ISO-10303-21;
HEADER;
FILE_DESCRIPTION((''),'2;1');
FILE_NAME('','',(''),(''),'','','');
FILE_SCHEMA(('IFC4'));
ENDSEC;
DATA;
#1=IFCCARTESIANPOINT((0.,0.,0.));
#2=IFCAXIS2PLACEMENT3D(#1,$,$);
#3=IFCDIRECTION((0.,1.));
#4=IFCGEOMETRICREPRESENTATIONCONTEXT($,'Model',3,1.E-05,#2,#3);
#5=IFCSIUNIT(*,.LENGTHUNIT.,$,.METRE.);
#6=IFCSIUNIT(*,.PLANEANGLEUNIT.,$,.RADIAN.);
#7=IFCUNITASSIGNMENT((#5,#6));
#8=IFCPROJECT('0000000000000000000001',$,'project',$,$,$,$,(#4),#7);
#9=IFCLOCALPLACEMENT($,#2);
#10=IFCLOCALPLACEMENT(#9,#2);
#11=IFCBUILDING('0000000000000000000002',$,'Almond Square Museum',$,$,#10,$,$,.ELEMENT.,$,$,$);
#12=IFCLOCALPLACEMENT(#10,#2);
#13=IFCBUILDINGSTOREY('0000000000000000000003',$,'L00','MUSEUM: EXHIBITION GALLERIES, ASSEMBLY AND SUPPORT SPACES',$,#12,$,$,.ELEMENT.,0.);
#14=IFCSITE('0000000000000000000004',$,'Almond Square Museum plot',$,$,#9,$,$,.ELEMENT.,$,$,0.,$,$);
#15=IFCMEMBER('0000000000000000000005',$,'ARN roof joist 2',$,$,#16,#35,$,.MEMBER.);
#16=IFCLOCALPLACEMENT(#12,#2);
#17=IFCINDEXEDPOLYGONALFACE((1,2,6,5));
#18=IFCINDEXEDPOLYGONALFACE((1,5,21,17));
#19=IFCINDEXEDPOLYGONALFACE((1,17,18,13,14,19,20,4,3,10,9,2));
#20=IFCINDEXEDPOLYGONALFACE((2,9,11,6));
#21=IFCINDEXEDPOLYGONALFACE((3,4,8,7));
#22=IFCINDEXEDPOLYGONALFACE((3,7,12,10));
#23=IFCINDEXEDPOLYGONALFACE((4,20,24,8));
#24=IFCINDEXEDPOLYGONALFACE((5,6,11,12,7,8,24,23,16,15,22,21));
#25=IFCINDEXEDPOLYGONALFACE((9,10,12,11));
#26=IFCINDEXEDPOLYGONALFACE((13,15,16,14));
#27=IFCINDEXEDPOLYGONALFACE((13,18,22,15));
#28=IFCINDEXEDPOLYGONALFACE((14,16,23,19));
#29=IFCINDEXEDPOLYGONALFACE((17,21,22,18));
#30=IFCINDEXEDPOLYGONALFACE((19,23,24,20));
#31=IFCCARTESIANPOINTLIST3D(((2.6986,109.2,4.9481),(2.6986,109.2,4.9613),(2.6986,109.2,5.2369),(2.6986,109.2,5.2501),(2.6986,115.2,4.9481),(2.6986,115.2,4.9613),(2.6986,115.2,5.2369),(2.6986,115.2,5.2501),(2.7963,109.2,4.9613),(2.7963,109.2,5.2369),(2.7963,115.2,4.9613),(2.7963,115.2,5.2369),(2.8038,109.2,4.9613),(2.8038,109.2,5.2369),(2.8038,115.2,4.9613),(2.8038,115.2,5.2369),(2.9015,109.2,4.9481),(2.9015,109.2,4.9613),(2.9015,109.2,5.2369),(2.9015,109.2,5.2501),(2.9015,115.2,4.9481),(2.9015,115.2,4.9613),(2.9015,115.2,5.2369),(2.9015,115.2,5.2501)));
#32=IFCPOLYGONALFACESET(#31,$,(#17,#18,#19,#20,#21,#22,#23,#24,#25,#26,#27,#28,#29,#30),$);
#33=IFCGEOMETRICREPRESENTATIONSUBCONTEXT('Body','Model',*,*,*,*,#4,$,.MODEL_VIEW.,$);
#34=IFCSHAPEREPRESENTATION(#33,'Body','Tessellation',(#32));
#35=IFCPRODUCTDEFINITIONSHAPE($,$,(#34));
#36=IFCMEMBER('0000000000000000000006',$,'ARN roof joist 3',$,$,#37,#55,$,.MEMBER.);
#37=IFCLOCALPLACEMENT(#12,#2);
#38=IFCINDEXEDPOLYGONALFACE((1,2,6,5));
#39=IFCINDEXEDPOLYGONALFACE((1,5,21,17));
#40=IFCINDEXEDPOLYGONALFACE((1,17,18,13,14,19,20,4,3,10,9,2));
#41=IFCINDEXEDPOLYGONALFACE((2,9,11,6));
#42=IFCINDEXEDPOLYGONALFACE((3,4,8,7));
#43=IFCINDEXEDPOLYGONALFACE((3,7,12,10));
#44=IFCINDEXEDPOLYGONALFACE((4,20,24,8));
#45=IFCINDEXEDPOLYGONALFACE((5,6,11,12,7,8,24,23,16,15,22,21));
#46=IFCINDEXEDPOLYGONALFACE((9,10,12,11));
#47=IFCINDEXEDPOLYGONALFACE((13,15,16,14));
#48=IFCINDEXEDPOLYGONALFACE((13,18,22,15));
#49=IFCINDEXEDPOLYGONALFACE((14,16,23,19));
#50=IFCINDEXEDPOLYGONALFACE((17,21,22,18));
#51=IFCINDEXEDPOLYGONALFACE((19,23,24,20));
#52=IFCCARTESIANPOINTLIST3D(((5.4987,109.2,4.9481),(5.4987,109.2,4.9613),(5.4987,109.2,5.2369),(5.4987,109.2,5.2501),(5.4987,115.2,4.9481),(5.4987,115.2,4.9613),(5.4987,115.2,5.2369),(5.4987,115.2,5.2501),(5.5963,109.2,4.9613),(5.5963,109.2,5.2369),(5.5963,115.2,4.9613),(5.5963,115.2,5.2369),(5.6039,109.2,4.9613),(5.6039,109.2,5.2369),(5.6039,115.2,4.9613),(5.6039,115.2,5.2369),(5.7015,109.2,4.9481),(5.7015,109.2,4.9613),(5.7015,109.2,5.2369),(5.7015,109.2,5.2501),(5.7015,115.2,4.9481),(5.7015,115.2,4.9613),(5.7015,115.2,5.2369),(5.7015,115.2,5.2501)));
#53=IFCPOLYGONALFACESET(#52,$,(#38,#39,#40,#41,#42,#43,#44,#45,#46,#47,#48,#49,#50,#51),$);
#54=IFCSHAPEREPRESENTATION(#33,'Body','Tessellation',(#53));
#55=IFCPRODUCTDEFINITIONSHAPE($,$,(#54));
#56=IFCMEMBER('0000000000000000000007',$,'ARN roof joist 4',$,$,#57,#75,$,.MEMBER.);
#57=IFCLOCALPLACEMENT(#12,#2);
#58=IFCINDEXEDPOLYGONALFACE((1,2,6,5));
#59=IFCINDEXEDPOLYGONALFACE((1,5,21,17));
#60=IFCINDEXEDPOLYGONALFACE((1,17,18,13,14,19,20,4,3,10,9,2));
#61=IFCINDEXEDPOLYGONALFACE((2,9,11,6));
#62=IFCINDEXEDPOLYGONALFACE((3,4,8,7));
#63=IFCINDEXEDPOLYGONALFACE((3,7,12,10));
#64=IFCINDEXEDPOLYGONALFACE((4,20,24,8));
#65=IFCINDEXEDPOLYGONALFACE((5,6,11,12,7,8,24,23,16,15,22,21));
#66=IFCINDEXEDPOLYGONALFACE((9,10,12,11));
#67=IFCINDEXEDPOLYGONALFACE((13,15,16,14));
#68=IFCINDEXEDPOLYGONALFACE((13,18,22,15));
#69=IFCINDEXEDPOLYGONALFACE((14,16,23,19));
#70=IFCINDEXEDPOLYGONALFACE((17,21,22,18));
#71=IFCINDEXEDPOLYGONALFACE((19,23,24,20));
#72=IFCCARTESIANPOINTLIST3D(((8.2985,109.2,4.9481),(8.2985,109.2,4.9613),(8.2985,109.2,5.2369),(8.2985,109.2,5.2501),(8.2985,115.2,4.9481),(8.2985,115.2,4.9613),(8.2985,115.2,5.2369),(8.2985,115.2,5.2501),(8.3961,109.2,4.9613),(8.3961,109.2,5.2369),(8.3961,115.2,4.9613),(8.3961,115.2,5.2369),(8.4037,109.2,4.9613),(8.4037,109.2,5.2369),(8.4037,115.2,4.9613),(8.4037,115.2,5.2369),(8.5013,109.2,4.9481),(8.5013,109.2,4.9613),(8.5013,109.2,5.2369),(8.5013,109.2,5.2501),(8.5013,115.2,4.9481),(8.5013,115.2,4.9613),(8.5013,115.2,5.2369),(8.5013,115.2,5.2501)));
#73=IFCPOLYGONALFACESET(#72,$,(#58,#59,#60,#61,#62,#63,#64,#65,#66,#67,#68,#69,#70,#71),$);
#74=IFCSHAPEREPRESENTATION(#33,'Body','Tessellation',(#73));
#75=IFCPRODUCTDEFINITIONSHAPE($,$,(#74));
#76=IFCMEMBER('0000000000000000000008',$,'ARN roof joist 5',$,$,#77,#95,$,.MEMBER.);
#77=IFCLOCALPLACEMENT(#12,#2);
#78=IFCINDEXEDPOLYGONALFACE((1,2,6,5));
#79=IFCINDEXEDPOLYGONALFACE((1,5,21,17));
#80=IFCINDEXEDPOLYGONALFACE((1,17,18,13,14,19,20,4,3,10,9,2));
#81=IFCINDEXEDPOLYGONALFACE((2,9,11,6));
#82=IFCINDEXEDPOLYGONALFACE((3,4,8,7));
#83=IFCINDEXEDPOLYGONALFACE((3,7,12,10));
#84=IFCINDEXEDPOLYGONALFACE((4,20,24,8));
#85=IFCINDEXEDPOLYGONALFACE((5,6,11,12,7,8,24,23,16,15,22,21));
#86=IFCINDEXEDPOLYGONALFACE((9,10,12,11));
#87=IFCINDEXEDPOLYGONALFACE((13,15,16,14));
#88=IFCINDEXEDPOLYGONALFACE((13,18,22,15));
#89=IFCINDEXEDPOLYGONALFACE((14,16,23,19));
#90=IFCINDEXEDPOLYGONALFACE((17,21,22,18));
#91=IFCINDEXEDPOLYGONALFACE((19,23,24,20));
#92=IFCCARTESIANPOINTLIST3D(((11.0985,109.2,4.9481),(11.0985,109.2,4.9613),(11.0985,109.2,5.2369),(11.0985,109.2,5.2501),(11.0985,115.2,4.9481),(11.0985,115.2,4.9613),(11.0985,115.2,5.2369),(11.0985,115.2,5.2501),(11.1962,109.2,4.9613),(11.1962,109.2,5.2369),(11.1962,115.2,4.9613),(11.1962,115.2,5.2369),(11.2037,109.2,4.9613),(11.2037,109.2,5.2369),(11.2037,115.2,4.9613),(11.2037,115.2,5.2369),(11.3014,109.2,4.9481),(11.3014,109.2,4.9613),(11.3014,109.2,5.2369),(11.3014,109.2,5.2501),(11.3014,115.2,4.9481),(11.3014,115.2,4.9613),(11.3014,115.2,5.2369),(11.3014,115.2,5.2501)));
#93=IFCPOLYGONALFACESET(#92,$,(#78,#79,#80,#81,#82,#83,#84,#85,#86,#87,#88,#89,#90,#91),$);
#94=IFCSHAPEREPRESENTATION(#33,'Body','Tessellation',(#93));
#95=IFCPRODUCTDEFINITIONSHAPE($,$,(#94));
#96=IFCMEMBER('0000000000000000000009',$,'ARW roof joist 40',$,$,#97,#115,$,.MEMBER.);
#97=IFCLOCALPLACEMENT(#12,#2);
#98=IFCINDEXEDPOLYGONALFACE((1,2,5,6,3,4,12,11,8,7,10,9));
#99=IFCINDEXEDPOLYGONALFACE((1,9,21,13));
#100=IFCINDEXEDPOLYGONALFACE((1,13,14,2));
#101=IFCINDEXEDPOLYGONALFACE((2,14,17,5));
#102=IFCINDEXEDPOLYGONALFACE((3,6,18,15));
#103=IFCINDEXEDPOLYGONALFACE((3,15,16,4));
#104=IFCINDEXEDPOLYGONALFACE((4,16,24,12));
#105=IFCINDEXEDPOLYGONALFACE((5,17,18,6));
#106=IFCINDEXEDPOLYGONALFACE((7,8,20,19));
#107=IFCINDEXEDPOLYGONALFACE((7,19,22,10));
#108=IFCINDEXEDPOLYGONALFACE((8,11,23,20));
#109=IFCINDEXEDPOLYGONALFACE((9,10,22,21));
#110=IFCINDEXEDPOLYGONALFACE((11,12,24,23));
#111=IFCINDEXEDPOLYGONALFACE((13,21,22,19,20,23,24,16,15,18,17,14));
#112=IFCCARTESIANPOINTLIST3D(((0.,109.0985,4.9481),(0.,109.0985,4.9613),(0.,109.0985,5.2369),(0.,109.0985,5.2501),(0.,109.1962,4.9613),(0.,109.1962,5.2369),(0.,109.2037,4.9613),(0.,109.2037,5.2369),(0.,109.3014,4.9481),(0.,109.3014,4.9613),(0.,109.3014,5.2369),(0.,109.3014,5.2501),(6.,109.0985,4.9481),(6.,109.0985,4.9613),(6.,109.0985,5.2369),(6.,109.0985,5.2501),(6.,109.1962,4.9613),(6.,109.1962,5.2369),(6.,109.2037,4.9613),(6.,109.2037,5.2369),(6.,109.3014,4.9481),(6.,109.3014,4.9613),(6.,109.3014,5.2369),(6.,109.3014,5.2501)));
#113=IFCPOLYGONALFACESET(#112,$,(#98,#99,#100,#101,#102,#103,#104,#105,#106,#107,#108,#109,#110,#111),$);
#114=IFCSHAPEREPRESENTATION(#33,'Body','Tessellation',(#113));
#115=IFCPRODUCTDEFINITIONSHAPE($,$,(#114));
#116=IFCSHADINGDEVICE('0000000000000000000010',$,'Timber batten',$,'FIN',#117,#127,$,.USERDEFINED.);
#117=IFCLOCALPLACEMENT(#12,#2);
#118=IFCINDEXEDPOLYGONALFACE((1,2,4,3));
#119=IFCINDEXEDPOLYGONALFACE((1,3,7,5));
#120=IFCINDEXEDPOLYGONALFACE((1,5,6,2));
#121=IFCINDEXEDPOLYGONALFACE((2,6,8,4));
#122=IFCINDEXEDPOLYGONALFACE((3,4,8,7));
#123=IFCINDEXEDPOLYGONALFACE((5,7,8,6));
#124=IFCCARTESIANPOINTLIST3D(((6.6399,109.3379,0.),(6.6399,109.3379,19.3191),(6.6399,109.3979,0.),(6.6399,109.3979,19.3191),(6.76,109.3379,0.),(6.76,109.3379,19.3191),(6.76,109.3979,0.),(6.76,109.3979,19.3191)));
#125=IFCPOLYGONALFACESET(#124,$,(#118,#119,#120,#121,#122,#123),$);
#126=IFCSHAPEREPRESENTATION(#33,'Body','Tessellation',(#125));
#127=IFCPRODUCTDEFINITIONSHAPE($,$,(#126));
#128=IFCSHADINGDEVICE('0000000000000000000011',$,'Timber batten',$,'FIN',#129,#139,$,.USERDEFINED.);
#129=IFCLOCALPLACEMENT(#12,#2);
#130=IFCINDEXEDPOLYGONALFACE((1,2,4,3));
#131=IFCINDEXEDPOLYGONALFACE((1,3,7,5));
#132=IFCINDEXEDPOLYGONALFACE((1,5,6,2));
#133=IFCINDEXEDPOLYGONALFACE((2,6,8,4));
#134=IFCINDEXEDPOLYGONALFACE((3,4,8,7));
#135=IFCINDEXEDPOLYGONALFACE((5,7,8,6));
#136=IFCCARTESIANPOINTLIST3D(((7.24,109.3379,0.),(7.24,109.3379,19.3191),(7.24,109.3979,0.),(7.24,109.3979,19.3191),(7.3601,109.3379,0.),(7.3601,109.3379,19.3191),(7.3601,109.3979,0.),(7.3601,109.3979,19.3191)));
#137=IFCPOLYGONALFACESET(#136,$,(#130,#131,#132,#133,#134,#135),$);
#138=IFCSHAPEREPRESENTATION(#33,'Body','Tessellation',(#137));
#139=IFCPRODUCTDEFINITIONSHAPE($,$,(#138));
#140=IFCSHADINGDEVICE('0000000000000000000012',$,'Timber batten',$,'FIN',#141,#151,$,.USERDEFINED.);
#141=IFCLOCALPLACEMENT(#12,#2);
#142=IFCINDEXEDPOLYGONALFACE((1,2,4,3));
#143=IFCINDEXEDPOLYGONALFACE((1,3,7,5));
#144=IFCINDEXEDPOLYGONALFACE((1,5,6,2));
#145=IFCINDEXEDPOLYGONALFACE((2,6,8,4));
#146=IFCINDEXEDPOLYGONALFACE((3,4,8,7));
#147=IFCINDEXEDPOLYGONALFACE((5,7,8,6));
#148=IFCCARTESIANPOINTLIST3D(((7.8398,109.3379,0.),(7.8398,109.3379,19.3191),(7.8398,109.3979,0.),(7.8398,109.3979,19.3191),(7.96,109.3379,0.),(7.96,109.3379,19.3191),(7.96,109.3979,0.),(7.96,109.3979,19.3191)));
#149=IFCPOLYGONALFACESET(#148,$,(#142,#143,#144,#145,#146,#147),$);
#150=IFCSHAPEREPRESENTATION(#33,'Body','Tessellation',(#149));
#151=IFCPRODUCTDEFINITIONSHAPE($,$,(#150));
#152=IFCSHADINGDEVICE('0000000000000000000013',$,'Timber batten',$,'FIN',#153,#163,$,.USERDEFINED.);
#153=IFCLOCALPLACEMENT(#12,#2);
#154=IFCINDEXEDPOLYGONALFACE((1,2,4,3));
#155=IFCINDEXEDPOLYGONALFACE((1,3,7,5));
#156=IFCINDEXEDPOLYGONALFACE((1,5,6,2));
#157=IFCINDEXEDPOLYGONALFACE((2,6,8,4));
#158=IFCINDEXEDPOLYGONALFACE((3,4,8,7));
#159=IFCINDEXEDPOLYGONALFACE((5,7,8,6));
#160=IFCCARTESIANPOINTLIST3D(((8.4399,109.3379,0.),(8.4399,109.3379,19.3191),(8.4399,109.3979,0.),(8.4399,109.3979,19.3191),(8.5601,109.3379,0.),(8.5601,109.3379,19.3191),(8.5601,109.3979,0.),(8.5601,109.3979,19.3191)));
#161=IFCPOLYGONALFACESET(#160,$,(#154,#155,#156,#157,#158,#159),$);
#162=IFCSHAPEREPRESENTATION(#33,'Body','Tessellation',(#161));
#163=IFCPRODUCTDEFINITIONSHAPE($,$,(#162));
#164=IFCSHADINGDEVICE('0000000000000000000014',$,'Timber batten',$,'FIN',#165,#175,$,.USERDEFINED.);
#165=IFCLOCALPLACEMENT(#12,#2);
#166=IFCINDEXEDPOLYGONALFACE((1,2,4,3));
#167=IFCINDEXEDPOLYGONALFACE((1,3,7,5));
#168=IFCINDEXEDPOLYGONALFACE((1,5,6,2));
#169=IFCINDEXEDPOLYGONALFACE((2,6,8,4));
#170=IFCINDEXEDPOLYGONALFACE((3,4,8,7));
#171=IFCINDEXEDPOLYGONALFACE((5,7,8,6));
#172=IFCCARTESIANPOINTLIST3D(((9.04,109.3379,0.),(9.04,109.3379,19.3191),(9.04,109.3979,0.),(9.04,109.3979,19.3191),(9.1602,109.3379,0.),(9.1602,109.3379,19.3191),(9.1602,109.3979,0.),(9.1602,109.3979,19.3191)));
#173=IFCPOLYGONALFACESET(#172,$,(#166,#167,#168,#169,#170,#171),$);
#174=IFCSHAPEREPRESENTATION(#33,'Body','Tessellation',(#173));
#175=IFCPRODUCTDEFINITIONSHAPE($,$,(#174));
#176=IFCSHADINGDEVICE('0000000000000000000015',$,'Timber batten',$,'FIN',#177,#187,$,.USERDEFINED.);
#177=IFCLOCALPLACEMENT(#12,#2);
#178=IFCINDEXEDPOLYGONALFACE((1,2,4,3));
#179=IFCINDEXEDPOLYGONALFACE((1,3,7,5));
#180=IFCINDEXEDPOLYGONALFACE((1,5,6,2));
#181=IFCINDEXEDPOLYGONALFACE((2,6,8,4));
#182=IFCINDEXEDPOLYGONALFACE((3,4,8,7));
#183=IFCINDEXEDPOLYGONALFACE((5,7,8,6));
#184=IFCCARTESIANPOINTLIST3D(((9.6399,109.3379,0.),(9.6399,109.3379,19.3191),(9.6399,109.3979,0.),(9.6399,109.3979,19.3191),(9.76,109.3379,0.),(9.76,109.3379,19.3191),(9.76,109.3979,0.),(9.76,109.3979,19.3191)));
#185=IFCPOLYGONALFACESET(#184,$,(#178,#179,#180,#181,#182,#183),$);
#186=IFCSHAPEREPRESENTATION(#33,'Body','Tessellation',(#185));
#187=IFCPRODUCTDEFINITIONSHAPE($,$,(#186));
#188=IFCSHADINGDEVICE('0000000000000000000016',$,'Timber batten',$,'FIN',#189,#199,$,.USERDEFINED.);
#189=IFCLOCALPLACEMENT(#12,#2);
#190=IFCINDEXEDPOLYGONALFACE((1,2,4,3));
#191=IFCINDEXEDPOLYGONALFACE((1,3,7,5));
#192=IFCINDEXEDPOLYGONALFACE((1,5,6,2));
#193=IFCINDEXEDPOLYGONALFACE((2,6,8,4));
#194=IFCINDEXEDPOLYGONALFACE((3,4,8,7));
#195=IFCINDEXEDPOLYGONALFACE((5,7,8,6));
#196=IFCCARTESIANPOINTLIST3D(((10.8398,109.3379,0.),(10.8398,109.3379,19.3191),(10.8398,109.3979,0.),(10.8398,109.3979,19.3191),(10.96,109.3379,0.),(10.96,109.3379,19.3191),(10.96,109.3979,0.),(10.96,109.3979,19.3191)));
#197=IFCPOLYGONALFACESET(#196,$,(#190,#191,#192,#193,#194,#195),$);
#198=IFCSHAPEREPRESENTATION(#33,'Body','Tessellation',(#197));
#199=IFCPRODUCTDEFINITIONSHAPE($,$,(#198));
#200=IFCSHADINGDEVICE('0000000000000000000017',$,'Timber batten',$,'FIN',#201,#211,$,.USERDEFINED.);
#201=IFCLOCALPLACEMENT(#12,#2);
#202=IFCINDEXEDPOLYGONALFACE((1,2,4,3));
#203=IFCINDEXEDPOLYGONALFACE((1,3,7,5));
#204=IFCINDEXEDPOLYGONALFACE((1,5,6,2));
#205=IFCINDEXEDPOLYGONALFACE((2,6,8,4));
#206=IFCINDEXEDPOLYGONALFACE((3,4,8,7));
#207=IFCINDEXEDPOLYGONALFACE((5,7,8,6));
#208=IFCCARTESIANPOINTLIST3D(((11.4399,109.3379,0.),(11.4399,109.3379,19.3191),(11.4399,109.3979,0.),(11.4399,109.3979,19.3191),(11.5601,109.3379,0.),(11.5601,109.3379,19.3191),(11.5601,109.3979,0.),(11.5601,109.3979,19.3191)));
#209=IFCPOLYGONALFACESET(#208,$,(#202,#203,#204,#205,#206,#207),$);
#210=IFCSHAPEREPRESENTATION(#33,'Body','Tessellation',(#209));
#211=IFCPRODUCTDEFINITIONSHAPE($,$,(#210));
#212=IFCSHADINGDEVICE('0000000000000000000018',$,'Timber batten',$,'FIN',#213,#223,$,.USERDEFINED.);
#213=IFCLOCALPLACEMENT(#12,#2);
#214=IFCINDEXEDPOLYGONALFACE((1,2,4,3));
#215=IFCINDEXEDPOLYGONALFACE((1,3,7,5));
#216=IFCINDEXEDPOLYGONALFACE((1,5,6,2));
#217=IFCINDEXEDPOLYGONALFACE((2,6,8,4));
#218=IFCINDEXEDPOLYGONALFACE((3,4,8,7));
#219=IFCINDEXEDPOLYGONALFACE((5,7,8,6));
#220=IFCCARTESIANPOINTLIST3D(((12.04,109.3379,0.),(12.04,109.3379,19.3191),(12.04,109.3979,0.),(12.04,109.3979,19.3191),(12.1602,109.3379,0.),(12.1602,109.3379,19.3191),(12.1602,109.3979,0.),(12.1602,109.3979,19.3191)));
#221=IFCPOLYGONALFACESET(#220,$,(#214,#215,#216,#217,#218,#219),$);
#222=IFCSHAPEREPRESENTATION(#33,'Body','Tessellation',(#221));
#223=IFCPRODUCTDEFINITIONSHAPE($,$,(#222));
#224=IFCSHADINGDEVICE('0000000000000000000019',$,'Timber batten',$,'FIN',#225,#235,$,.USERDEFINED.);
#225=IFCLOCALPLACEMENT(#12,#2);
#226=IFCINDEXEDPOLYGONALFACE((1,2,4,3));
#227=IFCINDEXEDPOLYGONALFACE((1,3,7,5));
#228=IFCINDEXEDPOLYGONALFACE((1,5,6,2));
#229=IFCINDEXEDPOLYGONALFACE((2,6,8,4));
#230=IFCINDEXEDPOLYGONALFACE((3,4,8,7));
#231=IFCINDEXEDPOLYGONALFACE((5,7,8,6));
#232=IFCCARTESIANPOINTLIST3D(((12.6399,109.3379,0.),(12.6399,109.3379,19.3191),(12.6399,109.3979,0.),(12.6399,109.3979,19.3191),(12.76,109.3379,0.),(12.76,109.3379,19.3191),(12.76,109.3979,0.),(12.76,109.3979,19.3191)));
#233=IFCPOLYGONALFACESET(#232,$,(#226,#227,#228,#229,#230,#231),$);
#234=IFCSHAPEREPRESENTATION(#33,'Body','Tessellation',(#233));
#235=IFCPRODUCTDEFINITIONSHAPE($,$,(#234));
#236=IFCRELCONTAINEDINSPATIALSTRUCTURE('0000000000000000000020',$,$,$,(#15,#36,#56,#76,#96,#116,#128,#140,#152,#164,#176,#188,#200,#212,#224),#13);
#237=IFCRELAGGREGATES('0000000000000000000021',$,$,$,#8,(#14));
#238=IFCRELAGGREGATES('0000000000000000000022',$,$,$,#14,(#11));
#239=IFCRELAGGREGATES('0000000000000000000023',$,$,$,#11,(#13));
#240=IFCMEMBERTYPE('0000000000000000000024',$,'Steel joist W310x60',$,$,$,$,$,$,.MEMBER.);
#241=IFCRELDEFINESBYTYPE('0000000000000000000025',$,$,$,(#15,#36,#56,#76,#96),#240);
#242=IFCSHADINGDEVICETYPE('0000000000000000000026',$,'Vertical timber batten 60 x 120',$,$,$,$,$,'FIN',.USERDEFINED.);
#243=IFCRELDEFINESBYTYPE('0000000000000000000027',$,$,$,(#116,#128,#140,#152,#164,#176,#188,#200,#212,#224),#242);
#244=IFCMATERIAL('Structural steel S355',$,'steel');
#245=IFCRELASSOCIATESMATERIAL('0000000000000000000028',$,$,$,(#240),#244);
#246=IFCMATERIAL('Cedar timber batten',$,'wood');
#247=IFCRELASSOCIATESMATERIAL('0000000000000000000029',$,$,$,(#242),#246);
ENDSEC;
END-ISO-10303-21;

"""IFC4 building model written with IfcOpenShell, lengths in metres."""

from ifc_helpers import new_model, si_unit, direction, frame, origin, origin_2d, place, context, subcontext, project, spatial, rectangle, i_section, extrude, material, material_profile, profile_set, type_object, element, save


model = new_model("IFC4")

# Units and contexts
model_context = context("Model", 3, precision=1e-05, world=origin(), true_north=direction((0.0, 1.0)))
body_context = subcontext(model_context, "Body", "Model", "MODEL_VIEW")
ifc_project = project(units=[si_unit("LENGTHUNIT", "METRE"), si_unit("PLANEANGLEUNIT", "RADIAN")], contexts=[model_context])

# Site, building, storey
site_placement = place(None, origin())
site = spatial("IfcSite", under=ifc_project, at=site_placement, Name="Almond Square Museum plot", CompositionType="ELEMENT", RefElevation=0.0)
building_placement = place(site_placement, origin())
building = spatial("IfcBuilding", under=site, at=building_placement, Name="Almond Square Museum", CompositionType="ELEMENT")
storey_placement = place(building_placement, origin())
storey = spatial("IfcBuildingStorey", under=building, at=storey_placement, Name="L00", Description="MUSEUM: EXHIBITION GALLERIES, ASSEMBLY AND SUPPORT SPACES", CompositionType="ELEMENT", Elevation=0.0)

# Members
ifc_material_1 = material(Name="Structural steel S355", Category="steel")
ifc_material_profile_1 = material_profile(ifc_material_1, i_section(OverallWidth=0.2029, OverallDepth=0.302, WebThickness=0.0076, FlangeThickness=0.0132, at=origin_2d()))
ifc_profile_set_1 = profile_set([ifc_material_profile_1], Name="Structural steel S355")
member_type = type_object("IfcMemberType", Name="Steel joist W310x60", PredefinedType="MEMBER", material=ifc_profile_set_1)
for number, where, z_axis, x_axis, name in (
    (1, (2.8, 109.2, 5.0991), (0.0, 1.0, 0.0), (-1.0, 0.0, 0.0), "ARN roof joist 2"),
    (2, (5.6001, 109.2, 5.0991), (0.0, 1.0, 0.0), (-1.0, 0.0, 0.0), "ARN roof joist 3"),
    (3, (8.3999, 109.2, 5.0991), (0.0, 1.0, 0.0), (-1.0, 0.0, 0.0), "ARN roof joist 4"),
    (4, (11.2, 109.2, 5.0991), (0.0, 1.0, 0.0), (-1.0, 0.0, 0.0), "ARN roof joist 5"),
    (5, (6.0, 109.2, 5.0991), (-1.0, 0.0, 0.0), (0.0, -1.0, 0.0), "ARW roof joist 40"),
):
    element("IfcMember", number, at=place(storey_placement, frame(where, z_axis=z_axis, x_axis=x_axis)), inside=storey, type_object=member_type, Name=name, PredefinedType="MEMBER", context=body_context, shape_type="SweptSolid", body=[
        extrude(i_section(OverallWidth=0.2029, OverallDepth=0.302, WebThickness=0.0076, FlangeThickness=0.0132, at=origin_2d()), origin(), (0.0, 0.0, 1.0), 6.0),
    ])

# Shading devices
ifc_material_2 = material(Name="Cedar timber batten", Category="wood")
ifc_material_profile_2 = material_profile(ifc_material_2, rectangle(XDim=0.0601, YDim=0.1201, at=origin_2d()))
ifc_profile_set_2 = profile_set([ifc_material_profile_2], Name="Cedar timber batten")
shading_device_type = type_object("IfcShadingDeviceType", Name="Vertical timber batten 60 x 120", ElementType="FIN", PredefinedType="USERDEFINED", material=ifc_profile_set_2)
for number, where, z_axis, x_axis, name in (
    (6, (6.7, 109.3679, 0.0), (0.0, 0.0, 1.0), (0.0, 1.0, 0.0), "Timber batten"),
    (7, (7.3, 109.3679, 0.0), (0.0, 0.0, 1.0), (0.0, 1.0, 0.0), "Timber batten"),
    (8, (7.8999, 109.3679, 0.0), (0.0, 0.0, 1.0), (0.0, 1.0, 0.0), "Timber batten"),
    (9, (8.5, 109.3679, 0.0), (0.0, 0.0, 1.0), (0.0, 1.0, 0.0), "Timber batten"),
    (10, (9.1001, 109.3679, 0.0), (0.0, 0.0, 1.0), (0.0, 1.0, 0.0), "Timber batten"),
    (11, (9.7, 109.3679, 0.0), (0.0, 0.0, 1.0), (0.0, 1.0, 0.0), "Timber batten"),
    (12, (10.8999, 109.3679, 0.0), (0.0, 0.0, 1.0), (0.0, 1.0, 0.0), "Timber batten"),
    (13, (11.5, 109.3679, 0.0), (0.0, 0.0, 1.0), (0.0, 1.0, 0.0), "Timber batten"),
    (14, (12.1001, 109.3679, 0.0), (0.0, 0.0, 1.0), (0.0, 1.0, 0.0), "Timber batten"),
    (15, (12.7, 109.3679, 0.0), (0.0, 0.0, 1.0), (0.0, 1.0, 0.0), "Timber batten"),
):
    element("IfcShadingDevice", number, at=place(storey_placement, frame(where, z_axis=z_axis, x_axis=x_axis)), inside=storey, type_object=shading_device_type, Name=name, ObjectType="FIN", PredefinedType="USERDEFINED", context=body_context, shape_type="SweptSolid", body=[
        extrude(rectangle(XDim=0.0601, YDim=0.1201, at=origin_2d()), origin(), (0.0, 0.0, 1.0), 19.3191),
    ])

save(model, "model.ifc")
